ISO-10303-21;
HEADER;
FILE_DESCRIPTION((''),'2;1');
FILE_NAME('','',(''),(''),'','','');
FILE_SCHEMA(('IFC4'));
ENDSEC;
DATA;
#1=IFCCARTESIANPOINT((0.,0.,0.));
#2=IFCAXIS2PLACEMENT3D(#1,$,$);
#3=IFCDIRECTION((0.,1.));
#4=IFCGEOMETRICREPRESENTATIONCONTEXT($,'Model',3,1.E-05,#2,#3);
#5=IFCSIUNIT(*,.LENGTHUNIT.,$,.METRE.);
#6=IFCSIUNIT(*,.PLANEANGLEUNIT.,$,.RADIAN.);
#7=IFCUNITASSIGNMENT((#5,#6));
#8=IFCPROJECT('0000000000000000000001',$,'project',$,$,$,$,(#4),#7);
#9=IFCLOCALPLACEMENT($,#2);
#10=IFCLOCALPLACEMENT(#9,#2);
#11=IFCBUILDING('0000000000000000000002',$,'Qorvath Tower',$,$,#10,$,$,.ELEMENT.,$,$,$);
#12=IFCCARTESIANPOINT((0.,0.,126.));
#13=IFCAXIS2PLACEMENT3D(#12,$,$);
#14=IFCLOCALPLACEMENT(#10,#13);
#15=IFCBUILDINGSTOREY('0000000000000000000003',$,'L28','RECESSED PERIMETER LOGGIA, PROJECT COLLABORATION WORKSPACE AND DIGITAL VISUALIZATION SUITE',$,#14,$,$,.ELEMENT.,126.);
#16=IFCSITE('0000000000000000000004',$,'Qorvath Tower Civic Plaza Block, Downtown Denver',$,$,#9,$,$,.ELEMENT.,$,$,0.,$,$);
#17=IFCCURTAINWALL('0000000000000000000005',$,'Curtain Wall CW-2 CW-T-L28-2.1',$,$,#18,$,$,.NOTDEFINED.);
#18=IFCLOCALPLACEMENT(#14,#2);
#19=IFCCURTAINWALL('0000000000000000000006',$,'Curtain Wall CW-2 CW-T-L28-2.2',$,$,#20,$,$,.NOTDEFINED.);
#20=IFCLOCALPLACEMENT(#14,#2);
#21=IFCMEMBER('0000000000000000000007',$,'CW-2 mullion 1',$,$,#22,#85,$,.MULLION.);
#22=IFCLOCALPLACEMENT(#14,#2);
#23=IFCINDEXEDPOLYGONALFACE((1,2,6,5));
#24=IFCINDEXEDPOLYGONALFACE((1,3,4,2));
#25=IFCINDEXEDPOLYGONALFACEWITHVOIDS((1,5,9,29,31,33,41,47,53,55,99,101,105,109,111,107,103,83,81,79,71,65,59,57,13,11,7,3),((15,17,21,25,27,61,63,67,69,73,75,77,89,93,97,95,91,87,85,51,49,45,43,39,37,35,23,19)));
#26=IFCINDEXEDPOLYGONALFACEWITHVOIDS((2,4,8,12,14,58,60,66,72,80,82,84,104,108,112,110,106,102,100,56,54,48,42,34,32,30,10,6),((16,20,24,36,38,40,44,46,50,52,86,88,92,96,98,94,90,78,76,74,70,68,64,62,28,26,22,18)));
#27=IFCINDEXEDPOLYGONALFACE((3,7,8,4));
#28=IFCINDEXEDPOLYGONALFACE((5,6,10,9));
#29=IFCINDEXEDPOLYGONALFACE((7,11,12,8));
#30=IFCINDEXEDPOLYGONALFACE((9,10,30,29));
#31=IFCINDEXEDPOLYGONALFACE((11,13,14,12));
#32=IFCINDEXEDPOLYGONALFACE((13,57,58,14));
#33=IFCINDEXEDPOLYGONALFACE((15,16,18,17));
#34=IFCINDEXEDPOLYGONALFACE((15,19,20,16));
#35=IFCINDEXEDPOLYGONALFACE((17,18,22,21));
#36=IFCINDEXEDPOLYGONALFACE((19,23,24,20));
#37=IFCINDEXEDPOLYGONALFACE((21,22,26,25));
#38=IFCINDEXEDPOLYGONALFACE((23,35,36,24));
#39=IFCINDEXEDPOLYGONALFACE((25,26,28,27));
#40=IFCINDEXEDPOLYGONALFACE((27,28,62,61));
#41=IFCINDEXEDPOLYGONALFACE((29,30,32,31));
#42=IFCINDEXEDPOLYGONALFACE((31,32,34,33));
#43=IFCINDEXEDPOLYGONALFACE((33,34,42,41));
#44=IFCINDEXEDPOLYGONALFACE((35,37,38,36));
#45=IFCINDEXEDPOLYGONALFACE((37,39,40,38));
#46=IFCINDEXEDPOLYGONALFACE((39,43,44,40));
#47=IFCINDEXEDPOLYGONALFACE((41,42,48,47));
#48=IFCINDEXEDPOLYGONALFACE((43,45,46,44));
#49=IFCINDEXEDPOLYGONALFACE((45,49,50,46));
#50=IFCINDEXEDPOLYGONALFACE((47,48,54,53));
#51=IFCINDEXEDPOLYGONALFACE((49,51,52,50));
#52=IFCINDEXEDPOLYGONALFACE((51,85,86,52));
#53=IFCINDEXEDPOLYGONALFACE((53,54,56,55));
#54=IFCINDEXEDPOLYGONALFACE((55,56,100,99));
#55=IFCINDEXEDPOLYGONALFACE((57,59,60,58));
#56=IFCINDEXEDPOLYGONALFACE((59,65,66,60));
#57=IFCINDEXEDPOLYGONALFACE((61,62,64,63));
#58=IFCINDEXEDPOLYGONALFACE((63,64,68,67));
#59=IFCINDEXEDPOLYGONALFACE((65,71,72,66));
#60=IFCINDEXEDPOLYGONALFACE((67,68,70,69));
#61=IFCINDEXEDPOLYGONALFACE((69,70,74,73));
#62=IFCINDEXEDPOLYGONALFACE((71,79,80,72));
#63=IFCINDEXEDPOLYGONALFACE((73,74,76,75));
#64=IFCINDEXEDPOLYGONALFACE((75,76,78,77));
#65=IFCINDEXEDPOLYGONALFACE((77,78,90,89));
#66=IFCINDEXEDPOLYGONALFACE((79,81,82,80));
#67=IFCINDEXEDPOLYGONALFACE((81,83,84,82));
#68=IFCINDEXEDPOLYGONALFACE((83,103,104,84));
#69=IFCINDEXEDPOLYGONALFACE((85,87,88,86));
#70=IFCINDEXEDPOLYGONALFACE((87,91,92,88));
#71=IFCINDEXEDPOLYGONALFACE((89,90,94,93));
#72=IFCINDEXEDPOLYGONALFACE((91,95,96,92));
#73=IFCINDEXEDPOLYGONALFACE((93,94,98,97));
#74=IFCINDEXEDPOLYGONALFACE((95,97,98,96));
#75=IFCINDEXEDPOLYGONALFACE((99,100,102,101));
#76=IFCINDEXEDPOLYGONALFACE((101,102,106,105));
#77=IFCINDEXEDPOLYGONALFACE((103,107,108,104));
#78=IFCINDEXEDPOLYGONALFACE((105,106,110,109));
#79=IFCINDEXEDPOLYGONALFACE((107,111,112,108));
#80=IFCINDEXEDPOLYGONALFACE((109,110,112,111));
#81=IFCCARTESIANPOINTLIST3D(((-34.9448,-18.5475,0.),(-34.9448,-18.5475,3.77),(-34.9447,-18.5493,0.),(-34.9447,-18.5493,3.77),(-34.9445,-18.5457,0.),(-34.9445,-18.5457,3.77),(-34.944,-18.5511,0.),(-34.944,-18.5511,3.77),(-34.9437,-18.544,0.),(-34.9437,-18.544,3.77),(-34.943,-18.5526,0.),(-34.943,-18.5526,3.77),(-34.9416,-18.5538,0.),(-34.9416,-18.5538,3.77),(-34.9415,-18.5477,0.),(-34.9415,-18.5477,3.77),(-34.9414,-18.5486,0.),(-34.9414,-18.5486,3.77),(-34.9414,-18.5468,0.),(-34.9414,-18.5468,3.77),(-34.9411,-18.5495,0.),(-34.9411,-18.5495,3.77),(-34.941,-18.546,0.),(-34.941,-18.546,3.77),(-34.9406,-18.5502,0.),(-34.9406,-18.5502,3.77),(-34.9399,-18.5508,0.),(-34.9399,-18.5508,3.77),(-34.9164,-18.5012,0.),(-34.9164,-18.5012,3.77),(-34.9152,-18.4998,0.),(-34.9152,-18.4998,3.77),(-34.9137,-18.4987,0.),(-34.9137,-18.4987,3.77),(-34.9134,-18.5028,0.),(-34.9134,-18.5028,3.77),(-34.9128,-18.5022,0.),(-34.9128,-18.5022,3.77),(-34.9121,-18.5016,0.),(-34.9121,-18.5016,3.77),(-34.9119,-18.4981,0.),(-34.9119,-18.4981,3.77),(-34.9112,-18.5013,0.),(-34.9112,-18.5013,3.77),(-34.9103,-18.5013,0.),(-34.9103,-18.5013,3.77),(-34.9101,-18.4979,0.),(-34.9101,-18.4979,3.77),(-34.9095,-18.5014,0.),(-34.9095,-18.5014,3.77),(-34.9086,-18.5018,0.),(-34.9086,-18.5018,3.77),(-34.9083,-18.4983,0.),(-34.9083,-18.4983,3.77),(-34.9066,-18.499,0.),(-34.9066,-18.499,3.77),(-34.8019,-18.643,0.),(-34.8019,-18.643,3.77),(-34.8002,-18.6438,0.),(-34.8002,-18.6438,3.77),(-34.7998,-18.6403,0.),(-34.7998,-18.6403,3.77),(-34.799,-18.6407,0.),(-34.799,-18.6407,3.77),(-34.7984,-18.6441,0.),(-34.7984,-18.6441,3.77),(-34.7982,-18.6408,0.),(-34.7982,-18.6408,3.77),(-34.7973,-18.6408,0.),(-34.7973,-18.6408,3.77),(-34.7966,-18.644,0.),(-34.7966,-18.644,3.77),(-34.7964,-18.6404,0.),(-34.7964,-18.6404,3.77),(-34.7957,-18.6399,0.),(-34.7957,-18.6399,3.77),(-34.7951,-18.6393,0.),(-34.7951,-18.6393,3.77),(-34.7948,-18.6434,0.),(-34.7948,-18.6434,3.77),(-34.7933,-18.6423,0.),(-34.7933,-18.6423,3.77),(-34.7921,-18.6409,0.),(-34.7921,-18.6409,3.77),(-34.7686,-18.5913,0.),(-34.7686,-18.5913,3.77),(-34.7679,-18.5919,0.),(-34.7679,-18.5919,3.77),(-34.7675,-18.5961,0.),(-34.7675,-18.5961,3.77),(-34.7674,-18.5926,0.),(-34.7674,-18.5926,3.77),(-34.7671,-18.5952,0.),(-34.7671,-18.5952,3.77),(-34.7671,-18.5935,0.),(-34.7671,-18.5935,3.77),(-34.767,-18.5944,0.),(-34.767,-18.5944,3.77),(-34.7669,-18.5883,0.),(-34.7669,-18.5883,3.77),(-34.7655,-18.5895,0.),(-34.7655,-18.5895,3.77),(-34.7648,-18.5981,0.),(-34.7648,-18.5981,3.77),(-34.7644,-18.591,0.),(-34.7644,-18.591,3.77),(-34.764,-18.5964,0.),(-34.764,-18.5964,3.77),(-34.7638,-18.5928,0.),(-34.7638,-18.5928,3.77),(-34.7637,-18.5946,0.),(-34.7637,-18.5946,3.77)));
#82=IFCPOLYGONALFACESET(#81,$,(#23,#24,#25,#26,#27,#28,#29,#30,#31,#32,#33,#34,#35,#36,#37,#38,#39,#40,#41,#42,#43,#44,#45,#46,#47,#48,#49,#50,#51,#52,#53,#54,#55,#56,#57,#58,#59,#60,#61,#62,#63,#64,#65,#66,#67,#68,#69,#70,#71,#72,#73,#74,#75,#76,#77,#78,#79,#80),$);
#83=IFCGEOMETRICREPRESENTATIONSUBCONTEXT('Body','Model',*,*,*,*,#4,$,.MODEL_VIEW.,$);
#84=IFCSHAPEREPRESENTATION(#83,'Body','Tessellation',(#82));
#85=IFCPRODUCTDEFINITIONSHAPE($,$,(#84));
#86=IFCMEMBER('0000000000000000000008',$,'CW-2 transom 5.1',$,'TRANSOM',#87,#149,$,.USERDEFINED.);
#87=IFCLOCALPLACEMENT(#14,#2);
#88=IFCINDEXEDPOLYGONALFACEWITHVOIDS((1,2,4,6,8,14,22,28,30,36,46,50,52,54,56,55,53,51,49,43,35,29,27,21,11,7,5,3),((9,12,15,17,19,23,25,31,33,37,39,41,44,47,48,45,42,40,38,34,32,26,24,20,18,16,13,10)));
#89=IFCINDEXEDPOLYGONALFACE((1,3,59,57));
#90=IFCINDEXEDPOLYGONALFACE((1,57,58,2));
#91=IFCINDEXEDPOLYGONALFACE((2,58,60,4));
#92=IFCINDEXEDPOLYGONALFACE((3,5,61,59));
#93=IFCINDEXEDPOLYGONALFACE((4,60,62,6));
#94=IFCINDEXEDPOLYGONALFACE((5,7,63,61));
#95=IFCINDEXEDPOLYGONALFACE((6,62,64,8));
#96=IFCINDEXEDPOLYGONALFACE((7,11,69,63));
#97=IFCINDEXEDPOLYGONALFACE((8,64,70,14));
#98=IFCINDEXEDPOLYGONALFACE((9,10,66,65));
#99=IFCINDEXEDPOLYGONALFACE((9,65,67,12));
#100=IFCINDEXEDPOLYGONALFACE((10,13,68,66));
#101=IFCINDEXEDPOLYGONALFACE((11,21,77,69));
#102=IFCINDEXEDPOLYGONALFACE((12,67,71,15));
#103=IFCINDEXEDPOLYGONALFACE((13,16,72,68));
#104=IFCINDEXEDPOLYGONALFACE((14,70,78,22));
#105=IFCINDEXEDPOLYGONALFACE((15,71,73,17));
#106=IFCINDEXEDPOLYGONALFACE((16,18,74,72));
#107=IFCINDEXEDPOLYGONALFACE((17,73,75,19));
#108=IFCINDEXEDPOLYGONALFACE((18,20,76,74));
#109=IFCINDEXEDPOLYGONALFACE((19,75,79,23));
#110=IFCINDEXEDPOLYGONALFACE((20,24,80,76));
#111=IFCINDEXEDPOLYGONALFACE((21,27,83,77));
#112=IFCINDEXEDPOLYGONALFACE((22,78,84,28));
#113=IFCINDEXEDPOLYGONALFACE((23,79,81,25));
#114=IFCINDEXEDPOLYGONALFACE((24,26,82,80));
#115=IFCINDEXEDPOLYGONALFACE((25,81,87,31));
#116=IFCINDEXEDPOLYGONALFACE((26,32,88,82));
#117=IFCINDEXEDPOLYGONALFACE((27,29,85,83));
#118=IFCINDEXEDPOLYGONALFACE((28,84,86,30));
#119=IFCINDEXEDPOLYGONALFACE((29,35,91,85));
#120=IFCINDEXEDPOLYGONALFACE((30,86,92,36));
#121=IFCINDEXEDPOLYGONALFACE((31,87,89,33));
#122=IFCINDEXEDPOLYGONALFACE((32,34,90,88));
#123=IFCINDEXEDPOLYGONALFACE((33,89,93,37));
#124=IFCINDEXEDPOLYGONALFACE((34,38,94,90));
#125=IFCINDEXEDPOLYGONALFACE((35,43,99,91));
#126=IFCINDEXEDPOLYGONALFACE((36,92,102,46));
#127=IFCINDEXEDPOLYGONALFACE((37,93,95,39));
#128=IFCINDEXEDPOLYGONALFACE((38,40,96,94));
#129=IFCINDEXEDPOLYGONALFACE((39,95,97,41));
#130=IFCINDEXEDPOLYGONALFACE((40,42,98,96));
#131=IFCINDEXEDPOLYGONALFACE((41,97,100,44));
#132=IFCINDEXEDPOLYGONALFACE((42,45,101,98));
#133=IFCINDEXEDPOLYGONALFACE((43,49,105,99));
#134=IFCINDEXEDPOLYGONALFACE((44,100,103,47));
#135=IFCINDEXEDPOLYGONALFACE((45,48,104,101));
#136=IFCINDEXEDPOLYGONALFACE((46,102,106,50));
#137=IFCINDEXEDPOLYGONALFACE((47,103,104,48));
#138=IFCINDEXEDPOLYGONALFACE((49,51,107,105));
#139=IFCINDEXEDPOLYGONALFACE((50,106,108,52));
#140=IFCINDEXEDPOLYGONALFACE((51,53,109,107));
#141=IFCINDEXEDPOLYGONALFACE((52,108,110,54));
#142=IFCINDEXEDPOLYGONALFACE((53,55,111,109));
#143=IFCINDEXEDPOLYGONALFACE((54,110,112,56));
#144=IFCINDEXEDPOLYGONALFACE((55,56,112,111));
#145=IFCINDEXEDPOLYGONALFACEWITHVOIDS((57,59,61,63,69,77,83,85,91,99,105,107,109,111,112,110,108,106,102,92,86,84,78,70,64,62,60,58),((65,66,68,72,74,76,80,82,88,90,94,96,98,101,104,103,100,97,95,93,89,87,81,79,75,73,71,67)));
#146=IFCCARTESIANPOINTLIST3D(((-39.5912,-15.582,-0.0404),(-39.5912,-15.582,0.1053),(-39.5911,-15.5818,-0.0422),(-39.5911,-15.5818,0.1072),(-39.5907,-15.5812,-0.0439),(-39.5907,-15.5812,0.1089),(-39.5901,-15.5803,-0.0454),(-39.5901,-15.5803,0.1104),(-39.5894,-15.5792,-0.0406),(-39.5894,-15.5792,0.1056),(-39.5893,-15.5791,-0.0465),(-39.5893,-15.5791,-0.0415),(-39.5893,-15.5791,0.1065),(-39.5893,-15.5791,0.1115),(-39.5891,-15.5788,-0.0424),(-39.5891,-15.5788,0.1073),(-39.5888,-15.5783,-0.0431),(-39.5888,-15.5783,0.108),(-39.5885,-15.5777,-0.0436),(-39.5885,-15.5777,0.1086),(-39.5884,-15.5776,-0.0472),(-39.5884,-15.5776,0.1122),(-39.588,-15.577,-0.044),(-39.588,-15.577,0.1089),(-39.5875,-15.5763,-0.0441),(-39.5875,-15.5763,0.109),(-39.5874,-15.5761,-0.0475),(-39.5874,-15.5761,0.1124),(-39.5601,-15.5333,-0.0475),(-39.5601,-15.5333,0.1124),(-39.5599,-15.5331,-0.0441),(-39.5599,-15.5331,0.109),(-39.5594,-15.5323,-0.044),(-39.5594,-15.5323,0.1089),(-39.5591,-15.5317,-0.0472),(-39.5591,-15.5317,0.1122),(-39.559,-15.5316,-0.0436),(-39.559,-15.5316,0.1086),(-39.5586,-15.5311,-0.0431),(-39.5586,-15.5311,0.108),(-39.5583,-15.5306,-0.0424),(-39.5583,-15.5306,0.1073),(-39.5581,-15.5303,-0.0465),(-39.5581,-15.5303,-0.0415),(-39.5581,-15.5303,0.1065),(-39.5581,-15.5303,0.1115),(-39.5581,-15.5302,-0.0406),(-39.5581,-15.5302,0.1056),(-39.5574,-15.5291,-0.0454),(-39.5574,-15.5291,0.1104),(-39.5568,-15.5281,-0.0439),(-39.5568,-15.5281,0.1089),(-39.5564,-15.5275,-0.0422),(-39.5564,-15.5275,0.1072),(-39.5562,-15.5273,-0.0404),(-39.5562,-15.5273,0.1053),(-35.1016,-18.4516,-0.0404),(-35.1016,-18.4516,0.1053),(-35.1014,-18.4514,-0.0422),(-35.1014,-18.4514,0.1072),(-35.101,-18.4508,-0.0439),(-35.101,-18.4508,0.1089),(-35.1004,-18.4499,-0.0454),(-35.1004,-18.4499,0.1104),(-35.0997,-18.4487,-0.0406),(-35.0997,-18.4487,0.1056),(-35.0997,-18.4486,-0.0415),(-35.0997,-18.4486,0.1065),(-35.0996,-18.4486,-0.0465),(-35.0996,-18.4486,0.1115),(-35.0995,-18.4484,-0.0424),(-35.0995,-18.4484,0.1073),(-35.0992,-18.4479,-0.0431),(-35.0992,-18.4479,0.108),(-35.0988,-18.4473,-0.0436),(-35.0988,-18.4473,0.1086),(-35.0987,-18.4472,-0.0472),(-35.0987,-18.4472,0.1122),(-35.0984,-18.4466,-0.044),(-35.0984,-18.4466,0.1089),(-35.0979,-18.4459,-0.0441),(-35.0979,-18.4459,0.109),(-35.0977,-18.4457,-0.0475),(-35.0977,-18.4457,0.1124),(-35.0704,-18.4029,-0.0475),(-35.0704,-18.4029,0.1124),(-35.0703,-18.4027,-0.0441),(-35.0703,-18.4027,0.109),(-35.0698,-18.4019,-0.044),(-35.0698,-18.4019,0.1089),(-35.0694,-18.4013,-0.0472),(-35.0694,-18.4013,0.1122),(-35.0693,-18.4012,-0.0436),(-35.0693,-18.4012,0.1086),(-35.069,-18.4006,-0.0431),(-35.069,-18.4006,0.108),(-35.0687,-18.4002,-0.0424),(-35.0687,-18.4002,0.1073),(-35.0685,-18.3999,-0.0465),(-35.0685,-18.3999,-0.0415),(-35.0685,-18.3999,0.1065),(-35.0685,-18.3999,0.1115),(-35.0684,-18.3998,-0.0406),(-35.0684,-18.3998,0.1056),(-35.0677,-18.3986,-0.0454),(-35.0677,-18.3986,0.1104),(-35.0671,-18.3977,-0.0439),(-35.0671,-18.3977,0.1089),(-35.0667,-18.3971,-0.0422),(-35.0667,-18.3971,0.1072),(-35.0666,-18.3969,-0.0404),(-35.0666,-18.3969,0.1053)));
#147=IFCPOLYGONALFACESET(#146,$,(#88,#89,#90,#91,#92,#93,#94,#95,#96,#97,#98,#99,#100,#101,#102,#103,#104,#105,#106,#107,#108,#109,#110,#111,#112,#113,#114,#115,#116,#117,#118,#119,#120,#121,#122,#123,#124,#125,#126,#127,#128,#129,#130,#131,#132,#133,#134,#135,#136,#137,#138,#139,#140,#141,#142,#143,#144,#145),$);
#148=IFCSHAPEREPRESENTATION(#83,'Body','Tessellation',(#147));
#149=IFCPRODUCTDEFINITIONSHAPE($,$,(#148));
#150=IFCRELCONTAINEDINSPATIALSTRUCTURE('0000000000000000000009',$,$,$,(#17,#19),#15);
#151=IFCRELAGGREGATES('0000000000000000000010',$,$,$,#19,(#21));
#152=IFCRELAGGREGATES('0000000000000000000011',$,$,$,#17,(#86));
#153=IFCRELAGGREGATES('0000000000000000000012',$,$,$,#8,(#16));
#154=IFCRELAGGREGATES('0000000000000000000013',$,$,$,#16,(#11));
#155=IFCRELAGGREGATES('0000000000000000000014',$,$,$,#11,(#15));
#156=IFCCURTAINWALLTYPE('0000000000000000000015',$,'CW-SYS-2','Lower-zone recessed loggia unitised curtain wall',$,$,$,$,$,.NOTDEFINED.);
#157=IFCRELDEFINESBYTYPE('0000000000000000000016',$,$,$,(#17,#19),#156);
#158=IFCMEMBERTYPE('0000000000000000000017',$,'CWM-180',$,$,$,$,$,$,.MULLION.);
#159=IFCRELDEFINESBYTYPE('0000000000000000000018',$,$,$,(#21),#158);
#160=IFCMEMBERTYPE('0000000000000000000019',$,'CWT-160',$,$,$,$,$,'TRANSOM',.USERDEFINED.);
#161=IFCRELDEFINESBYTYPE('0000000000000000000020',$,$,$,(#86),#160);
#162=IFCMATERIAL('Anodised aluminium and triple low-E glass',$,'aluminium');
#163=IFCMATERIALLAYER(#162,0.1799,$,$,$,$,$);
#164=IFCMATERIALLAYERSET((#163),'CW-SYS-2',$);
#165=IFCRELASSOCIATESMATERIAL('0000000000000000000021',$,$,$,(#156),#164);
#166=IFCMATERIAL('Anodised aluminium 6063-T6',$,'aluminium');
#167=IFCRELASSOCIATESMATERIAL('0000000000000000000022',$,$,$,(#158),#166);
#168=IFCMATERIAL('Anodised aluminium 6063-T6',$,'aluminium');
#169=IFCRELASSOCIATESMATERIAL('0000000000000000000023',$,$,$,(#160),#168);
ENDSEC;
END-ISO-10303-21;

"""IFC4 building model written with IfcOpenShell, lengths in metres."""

from ifc_helpers import new_model, si_unit, direction, frame, origin, origin_2d, place, context, subcontext, project, spatial, hollow_rectangle, extrude, material, layer, layer_set, material_profile, profile_set, type_object, element, aggregate, save


model = new_model("IFC4")

# Units and contexts
model_context = context("Model", 3, precision=1e-05, world=origin(), true_north=direction((0.0, 1.0)))
body_context = subcontext(model_context, "Body", "Model", "MODEL_VIEW")
ifc_project = project(units=[si_unit("LENGTHUNIT", "METRE"), si_unit("PLANEANGLEUNIT", "RADIAN")], contexts=[model_context])

# Site, building, storey
site_placement = place(None, origin())
site = spatial("IfcSite", under=ifc_project, at=site_placement, Name="Qorvath Tower Civic Plaza Block, Downtown Denver", CompositionType="ELEMENT", RefElevation=0.0)
building_placement = place(site_placement, origin())
building = spatial("IfcBuilding", under=site, at=building_placement, Name="Qorvath Tower", CompositionType="ELEMENT")
storey_placement = place(building_placement, frame((0.0, 0.0, 126.0)))
storey = spatial("IfcBuildingStorey", under=building, at=storey_placement, Name="L28", Description="RECESSED PERIMETER LOGGIA, PROJECT COLLABORATION WORKSPACE AND DIGITAL VISUALIZATION SUITE", CompositionType="ELEMENT", Elevation=126.0)

# Curtain wall
ifc_material_1 = material(Name="Anodised aluminium and triple low-E glass", Category="aluminium")
ifc_layer_1 = layer(ifc_material_1, 0.1799)
ifc_layer_set_1 = layer_set([ifc_layer_1], Name="CW-SYS-2")
curtain_wall_type = type_object("IfcCurtainWallType", Name="CW-SYS-2", Description="Lower-zone recessed loggia unitised curtain wall", PredefinedType="NOTDEFINED", material=ifc_layer_set_1)
curtain_wall_1_placement = place(storey_placement, origin())
curtain_wall_1 = element("IfcCurtainWall", 1, at=curtain_wall_1_placement, inside=storey, type_object=curtain_wall_type, Name="Curtain Wall CW-2 CW-T-L28-2.1", PredefinedType="NOTDEFINED")
ifc_material_2 = material(Name="Anodised aluminium 6063-T6", Category="aluminium")
ifc_material_profile_1 = material_profile(ifc_material_2, hollow_rectangle(XDim=0.0649, YDim=0.1799, WallThickness=0.0034, InnerFilletRadius=0.0034, OuterFilletRadius=0.0071, at=origin_2d()), Name="CWM 180x65")
ifc_profile_set_1 = profile_set([ifc_material_profile_1], Name="Anodised aluminium 6063-T6")
member_type_1 = type_object("IfcMemberType", Name="CWM-180", PredefinedType="MULLION", material=ifc_profile_set_1)

# Curtain wall, member
curtain_wall_2_placement = place(storey_placement, origin())
curtain_wall_2 = element("IfcCurtainWall", 2, at=curtain_wall_2_placement, inside=storey, type_object=curtain_wall_type, Name="Curtain Wall CW-2 CW-T-L28-2.2", PredefinedType="NOTDEFINED")
member_1_placement = place(storey_placement, frame((-34.8542, -18.571, 0.0), z_axis=(0.0, 0.0, 1.0), x_axis=(0.538536, 0.842602, 0.0)))
member_1 = element("IfcMember", 3, at=member_1_placement, type_object=member_type_1, Name="CW-2 mullion 1", PredefinedType="MULLION", context=body_context, shape_type="SweptSolid", body=[
    extrude(hollow_rectangle(XDim=0.0649, YDim=0.1799, WallThickness=0.0034, InnerFilletRadius=0.0034, OuterFilletRadius=0.0071, at=origin_2d()), origin(), (0.0, 0.0, 1.0), 3.77),
])

# Member
ifc_material_3 = material(Name="Anodised aluminium 6063-T6", Category="aluminium")
ifc_material_profile_2 = material_profile(ifc_material_3, hollow_rectangle(XDim=0.0649, YDim=0.1599, WallThickness=0.0034, InnerFilletRadius=0.0034, OuterFilletRadius=0.0071, at=origin_2d()), Name="CWT 160x65")
ifc_profile_set_2 = profile_set([ifc_material_profile_2], Name="Anodised aluminium 6063-T6")
member_type_2 = type_object("IfcMemberType", Name="CWT-160", ElementType="TRANSOM", PredefinedType="USERDEFINED", material=ifc_profile_set_2)
member_2_placement = place(storey_placement, frame((-39.5737, -15.5547, 0.0325), z_axis=(0.842596, -0.538547, 0.0), x_axis=(0.538547, 0.842596, 0.0)))
member_2 = element("IfcMember", 4, at=member_2_placement, type_object=member_type_2, Name="CW-2 transom 5.1", ObjectType="TRANSOM", PredefinedType="USERDEFINED", context=body_context, shape_type="SweptSolid", body=[
    extrude(hollow_rectangle(XDim=0.0649, YDim=0.1599, WallThickness=0.0034, InnerFilletRadius=0.0034, OuterFilletRadius=0.0071, at=origin_2d()), origin(), (0.0, 0.0, 1.0), 5.3284),
])
aggregate(curtain_wall_2, [member_1])

aggregate(curtain_wall_1, [member_2])

save(model, "model.ifc")
